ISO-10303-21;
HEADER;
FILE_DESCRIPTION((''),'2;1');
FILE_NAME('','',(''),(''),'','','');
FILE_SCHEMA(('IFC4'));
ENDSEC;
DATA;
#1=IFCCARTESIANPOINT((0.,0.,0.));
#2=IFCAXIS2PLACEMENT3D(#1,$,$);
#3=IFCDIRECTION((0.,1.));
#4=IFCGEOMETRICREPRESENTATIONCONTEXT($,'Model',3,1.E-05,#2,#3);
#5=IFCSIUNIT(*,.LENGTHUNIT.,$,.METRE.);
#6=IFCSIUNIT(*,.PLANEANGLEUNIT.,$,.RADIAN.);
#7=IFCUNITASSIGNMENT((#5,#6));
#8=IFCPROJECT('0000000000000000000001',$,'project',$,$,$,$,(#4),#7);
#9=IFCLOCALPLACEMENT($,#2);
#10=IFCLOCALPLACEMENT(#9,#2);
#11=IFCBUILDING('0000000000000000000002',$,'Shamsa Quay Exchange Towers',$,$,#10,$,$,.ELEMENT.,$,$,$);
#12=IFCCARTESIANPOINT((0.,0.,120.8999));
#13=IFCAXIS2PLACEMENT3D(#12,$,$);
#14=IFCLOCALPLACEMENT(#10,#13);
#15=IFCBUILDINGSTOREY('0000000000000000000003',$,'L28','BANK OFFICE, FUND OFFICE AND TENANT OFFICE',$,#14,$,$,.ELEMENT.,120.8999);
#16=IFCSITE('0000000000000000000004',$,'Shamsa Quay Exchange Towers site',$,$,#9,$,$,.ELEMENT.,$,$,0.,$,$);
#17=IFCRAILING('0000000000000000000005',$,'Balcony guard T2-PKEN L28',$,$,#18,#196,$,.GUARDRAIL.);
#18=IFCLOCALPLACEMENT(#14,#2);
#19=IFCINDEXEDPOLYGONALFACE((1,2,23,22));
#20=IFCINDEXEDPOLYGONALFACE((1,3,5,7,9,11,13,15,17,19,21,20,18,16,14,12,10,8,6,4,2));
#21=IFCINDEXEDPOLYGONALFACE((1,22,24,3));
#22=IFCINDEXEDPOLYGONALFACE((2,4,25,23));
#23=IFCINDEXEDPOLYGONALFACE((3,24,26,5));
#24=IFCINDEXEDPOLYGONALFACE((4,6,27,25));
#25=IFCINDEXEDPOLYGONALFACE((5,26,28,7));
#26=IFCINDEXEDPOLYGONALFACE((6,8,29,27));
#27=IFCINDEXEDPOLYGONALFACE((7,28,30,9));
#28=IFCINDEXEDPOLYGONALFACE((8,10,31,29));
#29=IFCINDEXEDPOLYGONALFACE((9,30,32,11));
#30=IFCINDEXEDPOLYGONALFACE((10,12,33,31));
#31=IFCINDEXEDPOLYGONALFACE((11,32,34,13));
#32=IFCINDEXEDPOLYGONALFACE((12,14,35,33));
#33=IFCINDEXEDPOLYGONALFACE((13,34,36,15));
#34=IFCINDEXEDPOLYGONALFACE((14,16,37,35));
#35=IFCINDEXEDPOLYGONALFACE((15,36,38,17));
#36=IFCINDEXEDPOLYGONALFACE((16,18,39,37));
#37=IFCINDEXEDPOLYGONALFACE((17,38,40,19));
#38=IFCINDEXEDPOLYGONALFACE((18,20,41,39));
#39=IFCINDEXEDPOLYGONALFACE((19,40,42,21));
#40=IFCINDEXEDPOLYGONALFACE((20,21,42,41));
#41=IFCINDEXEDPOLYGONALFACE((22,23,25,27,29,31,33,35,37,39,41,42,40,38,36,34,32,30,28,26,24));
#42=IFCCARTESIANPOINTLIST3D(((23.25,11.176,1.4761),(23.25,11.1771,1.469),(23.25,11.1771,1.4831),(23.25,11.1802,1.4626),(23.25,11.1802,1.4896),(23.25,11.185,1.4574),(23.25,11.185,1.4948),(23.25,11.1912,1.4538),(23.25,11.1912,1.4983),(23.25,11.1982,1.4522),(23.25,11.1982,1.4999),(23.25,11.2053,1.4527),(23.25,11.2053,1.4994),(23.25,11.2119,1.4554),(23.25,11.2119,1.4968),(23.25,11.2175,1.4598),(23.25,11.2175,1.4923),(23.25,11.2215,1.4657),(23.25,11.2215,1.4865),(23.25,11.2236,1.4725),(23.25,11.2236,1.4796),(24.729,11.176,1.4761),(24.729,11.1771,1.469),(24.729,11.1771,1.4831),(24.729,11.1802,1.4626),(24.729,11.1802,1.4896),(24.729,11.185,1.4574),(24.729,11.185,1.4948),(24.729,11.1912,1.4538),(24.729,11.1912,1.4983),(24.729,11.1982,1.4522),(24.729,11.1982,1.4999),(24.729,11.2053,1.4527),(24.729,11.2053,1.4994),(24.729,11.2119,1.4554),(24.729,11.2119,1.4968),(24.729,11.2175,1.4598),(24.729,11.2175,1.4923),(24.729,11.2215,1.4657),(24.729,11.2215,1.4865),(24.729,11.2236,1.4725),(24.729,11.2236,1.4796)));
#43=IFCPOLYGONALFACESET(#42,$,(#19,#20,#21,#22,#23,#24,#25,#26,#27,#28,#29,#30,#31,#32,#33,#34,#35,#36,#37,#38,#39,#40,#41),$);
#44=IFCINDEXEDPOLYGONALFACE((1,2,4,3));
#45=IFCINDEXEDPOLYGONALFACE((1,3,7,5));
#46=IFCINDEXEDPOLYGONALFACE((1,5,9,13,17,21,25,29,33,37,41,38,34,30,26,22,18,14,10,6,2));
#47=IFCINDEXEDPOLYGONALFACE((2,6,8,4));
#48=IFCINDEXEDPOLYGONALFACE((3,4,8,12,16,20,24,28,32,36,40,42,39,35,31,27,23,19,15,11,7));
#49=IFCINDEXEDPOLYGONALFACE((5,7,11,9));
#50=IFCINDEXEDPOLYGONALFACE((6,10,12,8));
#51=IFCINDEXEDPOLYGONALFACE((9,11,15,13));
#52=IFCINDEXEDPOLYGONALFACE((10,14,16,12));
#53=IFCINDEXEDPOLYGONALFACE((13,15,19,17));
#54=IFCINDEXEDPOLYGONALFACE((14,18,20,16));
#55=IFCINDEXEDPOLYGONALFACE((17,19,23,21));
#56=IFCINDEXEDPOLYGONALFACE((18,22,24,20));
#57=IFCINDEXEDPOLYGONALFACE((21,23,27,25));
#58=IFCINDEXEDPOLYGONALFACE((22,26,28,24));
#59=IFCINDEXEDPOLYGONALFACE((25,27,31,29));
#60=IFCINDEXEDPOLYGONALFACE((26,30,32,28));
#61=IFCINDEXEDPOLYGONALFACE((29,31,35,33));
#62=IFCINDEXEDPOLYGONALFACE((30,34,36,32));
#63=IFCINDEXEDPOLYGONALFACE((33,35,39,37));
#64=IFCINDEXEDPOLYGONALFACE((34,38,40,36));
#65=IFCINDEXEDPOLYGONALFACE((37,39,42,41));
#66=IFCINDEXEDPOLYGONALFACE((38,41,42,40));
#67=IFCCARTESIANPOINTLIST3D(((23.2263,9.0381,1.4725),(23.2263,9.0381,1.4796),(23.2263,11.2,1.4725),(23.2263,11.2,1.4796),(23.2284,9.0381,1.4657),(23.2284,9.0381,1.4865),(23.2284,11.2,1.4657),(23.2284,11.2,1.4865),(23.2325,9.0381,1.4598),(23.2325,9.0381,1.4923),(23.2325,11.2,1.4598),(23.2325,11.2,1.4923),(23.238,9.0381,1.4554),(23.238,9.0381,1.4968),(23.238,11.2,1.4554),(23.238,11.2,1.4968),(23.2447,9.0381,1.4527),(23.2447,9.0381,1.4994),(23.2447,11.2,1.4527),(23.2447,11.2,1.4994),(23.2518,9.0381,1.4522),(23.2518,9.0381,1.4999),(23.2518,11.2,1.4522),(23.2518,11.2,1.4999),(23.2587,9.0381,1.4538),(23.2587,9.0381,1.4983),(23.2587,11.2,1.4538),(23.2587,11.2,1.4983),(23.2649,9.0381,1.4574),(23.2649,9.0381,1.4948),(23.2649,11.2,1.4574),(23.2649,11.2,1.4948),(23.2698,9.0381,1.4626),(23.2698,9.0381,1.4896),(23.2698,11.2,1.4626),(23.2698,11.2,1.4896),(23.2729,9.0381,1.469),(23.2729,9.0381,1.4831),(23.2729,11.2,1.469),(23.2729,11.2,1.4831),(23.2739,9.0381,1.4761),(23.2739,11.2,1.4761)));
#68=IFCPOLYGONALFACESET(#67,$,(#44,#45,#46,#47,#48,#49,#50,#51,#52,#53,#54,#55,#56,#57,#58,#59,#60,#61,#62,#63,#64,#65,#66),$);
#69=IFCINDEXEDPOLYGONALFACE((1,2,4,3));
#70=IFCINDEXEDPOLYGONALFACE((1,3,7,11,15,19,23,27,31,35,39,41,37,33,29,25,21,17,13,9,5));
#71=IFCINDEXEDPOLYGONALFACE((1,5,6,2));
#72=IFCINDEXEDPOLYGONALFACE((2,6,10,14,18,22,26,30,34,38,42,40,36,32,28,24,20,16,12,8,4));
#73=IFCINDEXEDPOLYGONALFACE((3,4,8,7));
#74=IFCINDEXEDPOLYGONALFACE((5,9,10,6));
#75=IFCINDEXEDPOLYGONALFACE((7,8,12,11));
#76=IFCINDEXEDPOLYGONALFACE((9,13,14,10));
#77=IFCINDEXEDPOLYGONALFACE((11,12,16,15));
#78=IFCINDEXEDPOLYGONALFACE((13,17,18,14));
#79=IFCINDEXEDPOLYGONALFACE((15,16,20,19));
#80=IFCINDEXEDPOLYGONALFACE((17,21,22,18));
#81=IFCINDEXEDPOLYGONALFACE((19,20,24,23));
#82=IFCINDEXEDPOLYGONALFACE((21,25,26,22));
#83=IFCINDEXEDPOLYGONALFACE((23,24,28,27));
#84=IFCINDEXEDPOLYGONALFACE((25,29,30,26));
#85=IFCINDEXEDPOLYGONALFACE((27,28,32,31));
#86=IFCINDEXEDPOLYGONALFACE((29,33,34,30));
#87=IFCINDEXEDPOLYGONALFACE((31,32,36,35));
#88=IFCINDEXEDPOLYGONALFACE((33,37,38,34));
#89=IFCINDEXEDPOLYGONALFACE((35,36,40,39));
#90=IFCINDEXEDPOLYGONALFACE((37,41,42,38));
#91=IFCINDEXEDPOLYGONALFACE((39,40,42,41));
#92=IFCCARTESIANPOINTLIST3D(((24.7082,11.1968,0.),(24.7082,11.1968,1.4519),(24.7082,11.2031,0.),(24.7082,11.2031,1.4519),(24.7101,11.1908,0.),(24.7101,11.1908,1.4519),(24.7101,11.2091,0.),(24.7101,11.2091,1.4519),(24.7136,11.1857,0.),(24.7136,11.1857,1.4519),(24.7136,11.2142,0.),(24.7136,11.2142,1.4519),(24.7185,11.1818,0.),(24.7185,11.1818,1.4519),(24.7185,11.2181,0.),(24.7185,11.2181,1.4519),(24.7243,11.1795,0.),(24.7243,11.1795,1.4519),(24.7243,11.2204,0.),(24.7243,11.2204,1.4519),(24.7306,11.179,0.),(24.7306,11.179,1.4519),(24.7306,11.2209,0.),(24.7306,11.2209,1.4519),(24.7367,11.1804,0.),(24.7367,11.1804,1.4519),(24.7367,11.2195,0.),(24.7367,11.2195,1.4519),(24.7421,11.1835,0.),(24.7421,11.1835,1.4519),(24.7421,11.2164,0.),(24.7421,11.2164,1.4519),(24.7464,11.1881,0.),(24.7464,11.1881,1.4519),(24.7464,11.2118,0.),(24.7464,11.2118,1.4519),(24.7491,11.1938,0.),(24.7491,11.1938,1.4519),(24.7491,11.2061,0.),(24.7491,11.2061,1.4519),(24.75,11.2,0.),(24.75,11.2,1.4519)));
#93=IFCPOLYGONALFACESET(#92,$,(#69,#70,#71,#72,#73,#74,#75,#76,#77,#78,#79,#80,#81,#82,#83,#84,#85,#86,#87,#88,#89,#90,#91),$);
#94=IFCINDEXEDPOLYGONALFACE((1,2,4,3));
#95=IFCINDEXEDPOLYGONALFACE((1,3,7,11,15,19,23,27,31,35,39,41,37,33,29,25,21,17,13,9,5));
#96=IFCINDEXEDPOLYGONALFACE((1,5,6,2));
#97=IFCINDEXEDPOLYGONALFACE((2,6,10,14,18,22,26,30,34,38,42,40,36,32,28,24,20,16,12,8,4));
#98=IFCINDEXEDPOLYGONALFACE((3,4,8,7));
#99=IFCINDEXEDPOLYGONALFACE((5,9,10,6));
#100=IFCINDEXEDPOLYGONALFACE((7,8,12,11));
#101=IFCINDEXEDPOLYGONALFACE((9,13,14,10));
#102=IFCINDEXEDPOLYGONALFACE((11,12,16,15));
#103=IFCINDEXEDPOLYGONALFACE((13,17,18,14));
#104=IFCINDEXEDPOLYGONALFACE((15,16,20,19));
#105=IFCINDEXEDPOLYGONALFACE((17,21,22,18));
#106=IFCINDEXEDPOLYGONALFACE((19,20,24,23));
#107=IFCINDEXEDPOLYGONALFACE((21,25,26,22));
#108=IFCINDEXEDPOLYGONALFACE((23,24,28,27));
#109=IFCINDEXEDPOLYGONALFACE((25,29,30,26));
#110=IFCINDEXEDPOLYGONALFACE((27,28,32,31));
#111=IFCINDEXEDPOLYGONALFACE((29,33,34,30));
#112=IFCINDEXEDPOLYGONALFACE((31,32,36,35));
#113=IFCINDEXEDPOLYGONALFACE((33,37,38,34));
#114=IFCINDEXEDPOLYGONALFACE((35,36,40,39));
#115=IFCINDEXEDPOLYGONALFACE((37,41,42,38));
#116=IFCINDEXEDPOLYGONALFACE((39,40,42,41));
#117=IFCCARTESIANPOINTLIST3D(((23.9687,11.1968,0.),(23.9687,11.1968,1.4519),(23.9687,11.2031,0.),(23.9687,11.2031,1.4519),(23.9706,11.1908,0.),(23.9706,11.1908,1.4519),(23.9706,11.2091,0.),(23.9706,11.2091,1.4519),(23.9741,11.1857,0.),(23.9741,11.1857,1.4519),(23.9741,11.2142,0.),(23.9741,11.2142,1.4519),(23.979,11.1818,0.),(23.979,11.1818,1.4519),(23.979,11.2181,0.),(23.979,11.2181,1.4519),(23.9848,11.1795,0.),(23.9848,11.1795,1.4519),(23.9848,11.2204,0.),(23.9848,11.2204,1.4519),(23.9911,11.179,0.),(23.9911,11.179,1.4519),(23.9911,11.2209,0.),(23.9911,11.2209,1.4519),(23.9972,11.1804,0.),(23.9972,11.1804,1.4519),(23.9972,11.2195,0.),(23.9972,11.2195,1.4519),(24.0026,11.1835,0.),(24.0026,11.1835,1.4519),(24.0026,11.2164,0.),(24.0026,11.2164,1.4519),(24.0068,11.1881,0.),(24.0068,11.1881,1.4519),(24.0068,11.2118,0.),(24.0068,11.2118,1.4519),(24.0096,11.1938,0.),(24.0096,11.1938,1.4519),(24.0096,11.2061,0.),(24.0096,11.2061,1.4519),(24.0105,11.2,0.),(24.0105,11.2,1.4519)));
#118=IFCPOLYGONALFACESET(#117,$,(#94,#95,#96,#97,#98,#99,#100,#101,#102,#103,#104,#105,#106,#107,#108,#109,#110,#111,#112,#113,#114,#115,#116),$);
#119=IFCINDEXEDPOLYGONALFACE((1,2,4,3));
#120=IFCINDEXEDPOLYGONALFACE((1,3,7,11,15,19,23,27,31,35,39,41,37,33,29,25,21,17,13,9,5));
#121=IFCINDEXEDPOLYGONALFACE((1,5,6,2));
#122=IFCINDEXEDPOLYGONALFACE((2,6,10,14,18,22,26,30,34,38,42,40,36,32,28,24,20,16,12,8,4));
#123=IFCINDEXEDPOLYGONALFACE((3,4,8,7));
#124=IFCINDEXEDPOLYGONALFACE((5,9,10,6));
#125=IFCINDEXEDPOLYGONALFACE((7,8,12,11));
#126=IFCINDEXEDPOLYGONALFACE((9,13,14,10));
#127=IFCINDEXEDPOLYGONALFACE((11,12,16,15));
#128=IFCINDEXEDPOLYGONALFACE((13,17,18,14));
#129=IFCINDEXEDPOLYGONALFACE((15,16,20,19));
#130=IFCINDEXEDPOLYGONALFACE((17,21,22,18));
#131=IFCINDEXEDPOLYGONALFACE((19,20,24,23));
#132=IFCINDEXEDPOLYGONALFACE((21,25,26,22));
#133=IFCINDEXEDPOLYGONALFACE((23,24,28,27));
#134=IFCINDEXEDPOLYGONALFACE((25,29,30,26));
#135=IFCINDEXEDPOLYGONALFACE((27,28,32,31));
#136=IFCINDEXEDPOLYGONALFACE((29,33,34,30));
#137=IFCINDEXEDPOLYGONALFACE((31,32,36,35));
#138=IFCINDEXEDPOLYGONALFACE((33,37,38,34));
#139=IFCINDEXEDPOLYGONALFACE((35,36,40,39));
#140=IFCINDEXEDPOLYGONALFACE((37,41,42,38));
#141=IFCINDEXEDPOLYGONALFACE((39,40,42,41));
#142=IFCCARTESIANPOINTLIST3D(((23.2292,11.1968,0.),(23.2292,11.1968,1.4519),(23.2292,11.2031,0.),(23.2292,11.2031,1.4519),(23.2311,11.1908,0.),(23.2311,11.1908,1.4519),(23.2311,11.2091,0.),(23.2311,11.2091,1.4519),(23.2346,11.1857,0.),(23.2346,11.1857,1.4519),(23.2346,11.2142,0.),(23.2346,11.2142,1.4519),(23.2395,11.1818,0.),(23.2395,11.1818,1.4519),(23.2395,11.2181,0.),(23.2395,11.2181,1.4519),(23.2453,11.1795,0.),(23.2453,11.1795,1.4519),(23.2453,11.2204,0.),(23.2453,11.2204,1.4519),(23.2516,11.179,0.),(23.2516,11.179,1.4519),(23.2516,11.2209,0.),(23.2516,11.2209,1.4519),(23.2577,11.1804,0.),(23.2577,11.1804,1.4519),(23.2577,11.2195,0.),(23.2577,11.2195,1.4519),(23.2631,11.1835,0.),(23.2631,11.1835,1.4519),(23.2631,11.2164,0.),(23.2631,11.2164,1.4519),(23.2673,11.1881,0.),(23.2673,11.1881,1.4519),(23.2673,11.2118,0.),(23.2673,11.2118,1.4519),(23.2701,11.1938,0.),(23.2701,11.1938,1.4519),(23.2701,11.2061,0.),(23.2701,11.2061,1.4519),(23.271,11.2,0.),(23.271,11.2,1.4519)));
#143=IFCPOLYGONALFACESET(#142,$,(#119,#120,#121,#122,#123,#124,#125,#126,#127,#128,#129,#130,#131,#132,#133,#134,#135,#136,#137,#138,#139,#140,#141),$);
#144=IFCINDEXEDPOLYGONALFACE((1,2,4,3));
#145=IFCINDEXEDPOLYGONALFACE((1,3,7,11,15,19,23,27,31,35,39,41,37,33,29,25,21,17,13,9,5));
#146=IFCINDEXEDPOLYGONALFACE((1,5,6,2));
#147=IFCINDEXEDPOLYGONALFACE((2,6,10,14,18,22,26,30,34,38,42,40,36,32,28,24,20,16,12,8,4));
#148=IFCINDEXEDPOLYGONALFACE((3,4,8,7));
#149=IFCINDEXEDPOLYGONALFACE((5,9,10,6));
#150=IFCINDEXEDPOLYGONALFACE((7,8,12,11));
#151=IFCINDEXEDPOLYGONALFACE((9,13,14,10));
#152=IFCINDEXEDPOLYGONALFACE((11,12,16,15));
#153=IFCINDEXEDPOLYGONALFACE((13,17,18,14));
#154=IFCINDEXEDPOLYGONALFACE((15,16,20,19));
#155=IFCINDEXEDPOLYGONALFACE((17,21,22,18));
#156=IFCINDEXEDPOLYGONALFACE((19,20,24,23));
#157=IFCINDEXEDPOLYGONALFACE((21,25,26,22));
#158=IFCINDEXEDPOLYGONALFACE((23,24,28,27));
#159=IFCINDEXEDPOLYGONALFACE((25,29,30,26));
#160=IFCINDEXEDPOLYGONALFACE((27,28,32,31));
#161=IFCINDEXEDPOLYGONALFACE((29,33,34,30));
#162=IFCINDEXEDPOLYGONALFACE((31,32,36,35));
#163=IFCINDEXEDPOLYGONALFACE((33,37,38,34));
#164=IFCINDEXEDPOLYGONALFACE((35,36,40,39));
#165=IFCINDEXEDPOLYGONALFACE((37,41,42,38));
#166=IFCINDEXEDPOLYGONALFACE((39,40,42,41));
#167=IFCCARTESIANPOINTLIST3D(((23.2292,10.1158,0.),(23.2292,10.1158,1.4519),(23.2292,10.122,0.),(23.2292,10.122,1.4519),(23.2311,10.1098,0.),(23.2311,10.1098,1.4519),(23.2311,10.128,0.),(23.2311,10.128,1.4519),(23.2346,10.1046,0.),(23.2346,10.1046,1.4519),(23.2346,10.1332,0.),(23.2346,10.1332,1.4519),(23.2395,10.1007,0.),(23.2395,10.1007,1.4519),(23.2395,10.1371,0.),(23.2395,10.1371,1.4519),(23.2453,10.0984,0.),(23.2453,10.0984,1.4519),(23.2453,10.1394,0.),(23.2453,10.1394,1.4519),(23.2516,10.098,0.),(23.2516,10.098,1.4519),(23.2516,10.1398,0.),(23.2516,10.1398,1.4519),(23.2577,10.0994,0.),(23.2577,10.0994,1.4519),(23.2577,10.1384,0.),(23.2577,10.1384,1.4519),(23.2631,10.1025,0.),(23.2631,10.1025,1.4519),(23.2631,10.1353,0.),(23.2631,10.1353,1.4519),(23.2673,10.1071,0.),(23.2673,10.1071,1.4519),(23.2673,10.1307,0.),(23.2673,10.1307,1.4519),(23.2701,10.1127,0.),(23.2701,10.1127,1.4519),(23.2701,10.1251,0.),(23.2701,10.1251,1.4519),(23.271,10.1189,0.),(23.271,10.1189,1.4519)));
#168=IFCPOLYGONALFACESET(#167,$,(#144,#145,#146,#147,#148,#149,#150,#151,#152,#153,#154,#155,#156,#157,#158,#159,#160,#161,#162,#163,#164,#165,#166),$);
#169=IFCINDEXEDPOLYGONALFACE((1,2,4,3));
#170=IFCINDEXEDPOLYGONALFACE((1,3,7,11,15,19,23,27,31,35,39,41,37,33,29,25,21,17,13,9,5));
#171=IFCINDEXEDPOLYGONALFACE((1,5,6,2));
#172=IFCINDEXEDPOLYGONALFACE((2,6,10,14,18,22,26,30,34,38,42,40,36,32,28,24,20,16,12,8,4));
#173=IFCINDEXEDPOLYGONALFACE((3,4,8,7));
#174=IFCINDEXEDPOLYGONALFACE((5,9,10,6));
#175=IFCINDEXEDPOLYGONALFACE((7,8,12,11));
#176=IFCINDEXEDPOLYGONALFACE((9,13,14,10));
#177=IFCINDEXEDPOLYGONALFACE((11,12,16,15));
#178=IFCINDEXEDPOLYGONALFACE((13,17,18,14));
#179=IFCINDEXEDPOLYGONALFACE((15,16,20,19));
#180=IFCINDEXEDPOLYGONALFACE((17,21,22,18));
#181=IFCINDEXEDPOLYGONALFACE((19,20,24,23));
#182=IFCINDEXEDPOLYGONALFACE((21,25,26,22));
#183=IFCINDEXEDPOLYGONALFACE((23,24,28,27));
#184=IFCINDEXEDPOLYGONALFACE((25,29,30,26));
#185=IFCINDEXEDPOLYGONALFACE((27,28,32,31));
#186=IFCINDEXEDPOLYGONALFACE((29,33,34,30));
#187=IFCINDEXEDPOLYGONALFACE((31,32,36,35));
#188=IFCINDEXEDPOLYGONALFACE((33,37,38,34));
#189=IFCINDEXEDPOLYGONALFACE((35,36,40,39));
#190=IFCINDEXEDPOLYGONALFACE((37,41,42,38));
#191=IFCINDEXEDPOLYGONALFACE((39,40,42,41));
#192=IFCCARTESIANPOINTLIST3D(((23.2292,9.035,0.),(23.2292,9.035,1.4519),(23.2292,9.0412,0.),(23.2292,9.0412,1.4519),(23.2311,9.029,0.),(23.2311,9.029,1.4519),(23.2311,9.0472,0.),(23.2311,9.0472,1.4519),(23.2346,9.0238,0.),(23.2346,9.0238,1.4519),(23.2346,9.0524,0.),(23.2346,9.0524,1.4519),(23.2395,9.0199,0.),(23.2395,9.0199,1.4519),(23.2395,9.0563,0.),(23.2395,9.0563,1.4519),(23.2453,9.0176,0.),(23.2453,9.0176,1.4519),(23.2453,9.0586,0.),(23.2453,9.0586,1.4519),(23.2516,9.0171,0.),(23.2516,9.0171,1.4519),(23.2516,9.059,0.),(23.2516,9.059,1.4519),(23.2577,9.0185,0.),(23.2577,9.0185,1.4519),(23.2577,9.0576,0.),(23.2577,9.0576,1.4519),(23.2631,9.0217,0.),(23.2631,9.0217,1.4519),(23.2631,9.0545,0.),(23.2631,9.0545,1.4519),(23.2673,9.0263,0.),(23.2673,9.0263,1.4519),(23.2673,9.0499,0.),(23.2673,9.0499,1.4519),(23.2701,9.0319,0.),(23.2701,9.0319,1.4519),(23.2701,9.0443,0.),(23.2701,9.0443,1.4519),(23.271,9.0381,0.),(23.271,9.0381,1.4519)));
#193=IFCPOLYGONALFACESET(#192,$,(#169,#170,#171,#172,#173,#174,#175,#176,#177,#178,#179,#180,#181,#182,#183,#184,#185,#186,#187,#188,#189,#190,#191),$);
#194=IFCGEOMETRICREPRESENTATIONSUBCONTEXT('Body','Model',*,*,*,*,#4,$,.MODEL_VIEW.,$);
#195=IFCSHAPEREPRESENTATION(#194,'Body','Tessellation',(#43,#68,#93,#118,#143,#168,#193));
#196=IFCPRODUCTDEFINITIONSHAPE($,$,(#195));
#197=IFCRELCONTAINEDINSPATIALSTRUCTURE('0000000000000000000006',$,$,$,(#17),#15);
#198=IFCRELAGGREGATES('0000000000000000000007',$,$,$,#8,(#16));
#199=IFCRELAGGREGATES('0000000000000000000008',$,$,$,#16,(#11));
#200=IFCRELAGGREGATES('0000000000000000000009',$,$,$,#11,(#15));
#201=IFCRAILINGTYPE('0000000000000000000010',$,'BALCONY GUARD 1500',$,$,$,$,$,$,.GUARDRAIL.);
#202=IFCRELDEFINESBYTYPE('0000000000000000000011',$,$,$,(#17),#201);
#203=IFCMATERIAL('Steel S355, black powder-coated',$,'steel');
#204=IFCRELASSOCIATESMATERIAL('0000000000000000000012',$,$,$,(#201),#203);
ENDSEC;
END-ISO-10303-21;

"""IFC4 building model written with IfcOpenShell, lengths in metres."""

from ifc_helpers import new_model, si_unit, direction, frame, origin, origin_2d, place, context, subcontext, project, spatial, circle, extrude, material, type_object, element, save


model = new_model("IFC4")

# Units and contexts
model_context = context("Model", 3, precision=1e-05, world=origin(), true_north=direction((0.0, 1.0)))
body_context = subcontext(model_context, "Body", "Model", "MODEL_VIEW")
ifc_project = project(units=[si_unit("LENGTHUNIT", "METRE"), si_unit("PLANEANGLEUNIT", "RADIAN")], contexts=[model_context])

# Site, building, storey
site_placement = place(None, origin())
site = spatial("IfcSite", under=ifc_project, at=site_placement, Name="Shamsa Quay Exchange Towers site", CompositionType="ELEMENT", RefElevation=0.0)
building_placement = place(site_placement, origin())
building = spatial("IfcBuilding", under=site, at=building_placement, Name="Shamsa Quay Exchange Towers", CompositionType="ELEMENT")
storey_placement = place(building_placement, frame((0.0, 0.0, 120.8999)))
storey = spatial("IfcBuildingStorey", under=building, at=storey_placement, Name="L28", Description="BANK OFFICE, FUND OFFICE AND TENANT OFFICE", CompositionType="ELEMENT", Elevation=120.8999)

# Railing
ifc_material_1 = material(Name="Steel S355, black powder-coated", Category="steel")
railing_type = type_object("IfcRailingType", Name="BALCONY GUARD 1500", PredefinedType="GUARDRAIL", material=ifc_material_1)
for number, where, name in (
    (1, (24.729, 11.2, 0.0), "Balcony guard T2-PKEN L28"),
):
    element("IfcRailing", number, at=place(storey_placement, frame(where)), inside=storey, type_object=railing_type, Name=name, PredefinedType="GUARDRAIL", context=body_context, shape_type="SweptSolid", body=[
        extrude(circle(Radius=0.0239, at=origin_2d()), frame((0.0, 0.0, 1.4761), z_axis=(-1.0, 0.0, 0.0), x_axis=(0.0, -1.0, 0.0)), (0.0, 0.0, 1.0), 1.479),
        extrude(circle(Radius=0.0239, at=origin_2d()), frame((-1.479, 0.0, 1.4761), z_axis=(0.0, -1.0, 0.0), x_axis=(1.0, 0.0, 0.0)), (0.0, 0.0, 1.0), 2.1619),
        extrude(circle(Radius=0.021, at=origin_2d()), origin(), (0.0, 0.0, 1.0), 1.4519),
        extrude(circle(Radius=0.021, at=origin_2d()), frame((-0.7395, 0.0, 0.0)), (0.0, 0.0, 1.0), 1.4519),
        extrude(circle(Radius=0.021, at=origin_2d()), frame((-1.479, 0.0, 0.0)), (0.0, 0.0, 1.0), 1.4519),
        extrude(circle(Radius=0.021, at=origin_2d()), frame((-1.479, -1.0811, 0.0)), (0.0, 0.0, 1.0), 1.4519),
        extrude(circle(Radius=0.021, at=origin_2d()), frame((-1.479, -2.1619, 0.0)), (0.0, 0.0, 1.0), 1.4519),
    ])

save(model, "model.ifc")
